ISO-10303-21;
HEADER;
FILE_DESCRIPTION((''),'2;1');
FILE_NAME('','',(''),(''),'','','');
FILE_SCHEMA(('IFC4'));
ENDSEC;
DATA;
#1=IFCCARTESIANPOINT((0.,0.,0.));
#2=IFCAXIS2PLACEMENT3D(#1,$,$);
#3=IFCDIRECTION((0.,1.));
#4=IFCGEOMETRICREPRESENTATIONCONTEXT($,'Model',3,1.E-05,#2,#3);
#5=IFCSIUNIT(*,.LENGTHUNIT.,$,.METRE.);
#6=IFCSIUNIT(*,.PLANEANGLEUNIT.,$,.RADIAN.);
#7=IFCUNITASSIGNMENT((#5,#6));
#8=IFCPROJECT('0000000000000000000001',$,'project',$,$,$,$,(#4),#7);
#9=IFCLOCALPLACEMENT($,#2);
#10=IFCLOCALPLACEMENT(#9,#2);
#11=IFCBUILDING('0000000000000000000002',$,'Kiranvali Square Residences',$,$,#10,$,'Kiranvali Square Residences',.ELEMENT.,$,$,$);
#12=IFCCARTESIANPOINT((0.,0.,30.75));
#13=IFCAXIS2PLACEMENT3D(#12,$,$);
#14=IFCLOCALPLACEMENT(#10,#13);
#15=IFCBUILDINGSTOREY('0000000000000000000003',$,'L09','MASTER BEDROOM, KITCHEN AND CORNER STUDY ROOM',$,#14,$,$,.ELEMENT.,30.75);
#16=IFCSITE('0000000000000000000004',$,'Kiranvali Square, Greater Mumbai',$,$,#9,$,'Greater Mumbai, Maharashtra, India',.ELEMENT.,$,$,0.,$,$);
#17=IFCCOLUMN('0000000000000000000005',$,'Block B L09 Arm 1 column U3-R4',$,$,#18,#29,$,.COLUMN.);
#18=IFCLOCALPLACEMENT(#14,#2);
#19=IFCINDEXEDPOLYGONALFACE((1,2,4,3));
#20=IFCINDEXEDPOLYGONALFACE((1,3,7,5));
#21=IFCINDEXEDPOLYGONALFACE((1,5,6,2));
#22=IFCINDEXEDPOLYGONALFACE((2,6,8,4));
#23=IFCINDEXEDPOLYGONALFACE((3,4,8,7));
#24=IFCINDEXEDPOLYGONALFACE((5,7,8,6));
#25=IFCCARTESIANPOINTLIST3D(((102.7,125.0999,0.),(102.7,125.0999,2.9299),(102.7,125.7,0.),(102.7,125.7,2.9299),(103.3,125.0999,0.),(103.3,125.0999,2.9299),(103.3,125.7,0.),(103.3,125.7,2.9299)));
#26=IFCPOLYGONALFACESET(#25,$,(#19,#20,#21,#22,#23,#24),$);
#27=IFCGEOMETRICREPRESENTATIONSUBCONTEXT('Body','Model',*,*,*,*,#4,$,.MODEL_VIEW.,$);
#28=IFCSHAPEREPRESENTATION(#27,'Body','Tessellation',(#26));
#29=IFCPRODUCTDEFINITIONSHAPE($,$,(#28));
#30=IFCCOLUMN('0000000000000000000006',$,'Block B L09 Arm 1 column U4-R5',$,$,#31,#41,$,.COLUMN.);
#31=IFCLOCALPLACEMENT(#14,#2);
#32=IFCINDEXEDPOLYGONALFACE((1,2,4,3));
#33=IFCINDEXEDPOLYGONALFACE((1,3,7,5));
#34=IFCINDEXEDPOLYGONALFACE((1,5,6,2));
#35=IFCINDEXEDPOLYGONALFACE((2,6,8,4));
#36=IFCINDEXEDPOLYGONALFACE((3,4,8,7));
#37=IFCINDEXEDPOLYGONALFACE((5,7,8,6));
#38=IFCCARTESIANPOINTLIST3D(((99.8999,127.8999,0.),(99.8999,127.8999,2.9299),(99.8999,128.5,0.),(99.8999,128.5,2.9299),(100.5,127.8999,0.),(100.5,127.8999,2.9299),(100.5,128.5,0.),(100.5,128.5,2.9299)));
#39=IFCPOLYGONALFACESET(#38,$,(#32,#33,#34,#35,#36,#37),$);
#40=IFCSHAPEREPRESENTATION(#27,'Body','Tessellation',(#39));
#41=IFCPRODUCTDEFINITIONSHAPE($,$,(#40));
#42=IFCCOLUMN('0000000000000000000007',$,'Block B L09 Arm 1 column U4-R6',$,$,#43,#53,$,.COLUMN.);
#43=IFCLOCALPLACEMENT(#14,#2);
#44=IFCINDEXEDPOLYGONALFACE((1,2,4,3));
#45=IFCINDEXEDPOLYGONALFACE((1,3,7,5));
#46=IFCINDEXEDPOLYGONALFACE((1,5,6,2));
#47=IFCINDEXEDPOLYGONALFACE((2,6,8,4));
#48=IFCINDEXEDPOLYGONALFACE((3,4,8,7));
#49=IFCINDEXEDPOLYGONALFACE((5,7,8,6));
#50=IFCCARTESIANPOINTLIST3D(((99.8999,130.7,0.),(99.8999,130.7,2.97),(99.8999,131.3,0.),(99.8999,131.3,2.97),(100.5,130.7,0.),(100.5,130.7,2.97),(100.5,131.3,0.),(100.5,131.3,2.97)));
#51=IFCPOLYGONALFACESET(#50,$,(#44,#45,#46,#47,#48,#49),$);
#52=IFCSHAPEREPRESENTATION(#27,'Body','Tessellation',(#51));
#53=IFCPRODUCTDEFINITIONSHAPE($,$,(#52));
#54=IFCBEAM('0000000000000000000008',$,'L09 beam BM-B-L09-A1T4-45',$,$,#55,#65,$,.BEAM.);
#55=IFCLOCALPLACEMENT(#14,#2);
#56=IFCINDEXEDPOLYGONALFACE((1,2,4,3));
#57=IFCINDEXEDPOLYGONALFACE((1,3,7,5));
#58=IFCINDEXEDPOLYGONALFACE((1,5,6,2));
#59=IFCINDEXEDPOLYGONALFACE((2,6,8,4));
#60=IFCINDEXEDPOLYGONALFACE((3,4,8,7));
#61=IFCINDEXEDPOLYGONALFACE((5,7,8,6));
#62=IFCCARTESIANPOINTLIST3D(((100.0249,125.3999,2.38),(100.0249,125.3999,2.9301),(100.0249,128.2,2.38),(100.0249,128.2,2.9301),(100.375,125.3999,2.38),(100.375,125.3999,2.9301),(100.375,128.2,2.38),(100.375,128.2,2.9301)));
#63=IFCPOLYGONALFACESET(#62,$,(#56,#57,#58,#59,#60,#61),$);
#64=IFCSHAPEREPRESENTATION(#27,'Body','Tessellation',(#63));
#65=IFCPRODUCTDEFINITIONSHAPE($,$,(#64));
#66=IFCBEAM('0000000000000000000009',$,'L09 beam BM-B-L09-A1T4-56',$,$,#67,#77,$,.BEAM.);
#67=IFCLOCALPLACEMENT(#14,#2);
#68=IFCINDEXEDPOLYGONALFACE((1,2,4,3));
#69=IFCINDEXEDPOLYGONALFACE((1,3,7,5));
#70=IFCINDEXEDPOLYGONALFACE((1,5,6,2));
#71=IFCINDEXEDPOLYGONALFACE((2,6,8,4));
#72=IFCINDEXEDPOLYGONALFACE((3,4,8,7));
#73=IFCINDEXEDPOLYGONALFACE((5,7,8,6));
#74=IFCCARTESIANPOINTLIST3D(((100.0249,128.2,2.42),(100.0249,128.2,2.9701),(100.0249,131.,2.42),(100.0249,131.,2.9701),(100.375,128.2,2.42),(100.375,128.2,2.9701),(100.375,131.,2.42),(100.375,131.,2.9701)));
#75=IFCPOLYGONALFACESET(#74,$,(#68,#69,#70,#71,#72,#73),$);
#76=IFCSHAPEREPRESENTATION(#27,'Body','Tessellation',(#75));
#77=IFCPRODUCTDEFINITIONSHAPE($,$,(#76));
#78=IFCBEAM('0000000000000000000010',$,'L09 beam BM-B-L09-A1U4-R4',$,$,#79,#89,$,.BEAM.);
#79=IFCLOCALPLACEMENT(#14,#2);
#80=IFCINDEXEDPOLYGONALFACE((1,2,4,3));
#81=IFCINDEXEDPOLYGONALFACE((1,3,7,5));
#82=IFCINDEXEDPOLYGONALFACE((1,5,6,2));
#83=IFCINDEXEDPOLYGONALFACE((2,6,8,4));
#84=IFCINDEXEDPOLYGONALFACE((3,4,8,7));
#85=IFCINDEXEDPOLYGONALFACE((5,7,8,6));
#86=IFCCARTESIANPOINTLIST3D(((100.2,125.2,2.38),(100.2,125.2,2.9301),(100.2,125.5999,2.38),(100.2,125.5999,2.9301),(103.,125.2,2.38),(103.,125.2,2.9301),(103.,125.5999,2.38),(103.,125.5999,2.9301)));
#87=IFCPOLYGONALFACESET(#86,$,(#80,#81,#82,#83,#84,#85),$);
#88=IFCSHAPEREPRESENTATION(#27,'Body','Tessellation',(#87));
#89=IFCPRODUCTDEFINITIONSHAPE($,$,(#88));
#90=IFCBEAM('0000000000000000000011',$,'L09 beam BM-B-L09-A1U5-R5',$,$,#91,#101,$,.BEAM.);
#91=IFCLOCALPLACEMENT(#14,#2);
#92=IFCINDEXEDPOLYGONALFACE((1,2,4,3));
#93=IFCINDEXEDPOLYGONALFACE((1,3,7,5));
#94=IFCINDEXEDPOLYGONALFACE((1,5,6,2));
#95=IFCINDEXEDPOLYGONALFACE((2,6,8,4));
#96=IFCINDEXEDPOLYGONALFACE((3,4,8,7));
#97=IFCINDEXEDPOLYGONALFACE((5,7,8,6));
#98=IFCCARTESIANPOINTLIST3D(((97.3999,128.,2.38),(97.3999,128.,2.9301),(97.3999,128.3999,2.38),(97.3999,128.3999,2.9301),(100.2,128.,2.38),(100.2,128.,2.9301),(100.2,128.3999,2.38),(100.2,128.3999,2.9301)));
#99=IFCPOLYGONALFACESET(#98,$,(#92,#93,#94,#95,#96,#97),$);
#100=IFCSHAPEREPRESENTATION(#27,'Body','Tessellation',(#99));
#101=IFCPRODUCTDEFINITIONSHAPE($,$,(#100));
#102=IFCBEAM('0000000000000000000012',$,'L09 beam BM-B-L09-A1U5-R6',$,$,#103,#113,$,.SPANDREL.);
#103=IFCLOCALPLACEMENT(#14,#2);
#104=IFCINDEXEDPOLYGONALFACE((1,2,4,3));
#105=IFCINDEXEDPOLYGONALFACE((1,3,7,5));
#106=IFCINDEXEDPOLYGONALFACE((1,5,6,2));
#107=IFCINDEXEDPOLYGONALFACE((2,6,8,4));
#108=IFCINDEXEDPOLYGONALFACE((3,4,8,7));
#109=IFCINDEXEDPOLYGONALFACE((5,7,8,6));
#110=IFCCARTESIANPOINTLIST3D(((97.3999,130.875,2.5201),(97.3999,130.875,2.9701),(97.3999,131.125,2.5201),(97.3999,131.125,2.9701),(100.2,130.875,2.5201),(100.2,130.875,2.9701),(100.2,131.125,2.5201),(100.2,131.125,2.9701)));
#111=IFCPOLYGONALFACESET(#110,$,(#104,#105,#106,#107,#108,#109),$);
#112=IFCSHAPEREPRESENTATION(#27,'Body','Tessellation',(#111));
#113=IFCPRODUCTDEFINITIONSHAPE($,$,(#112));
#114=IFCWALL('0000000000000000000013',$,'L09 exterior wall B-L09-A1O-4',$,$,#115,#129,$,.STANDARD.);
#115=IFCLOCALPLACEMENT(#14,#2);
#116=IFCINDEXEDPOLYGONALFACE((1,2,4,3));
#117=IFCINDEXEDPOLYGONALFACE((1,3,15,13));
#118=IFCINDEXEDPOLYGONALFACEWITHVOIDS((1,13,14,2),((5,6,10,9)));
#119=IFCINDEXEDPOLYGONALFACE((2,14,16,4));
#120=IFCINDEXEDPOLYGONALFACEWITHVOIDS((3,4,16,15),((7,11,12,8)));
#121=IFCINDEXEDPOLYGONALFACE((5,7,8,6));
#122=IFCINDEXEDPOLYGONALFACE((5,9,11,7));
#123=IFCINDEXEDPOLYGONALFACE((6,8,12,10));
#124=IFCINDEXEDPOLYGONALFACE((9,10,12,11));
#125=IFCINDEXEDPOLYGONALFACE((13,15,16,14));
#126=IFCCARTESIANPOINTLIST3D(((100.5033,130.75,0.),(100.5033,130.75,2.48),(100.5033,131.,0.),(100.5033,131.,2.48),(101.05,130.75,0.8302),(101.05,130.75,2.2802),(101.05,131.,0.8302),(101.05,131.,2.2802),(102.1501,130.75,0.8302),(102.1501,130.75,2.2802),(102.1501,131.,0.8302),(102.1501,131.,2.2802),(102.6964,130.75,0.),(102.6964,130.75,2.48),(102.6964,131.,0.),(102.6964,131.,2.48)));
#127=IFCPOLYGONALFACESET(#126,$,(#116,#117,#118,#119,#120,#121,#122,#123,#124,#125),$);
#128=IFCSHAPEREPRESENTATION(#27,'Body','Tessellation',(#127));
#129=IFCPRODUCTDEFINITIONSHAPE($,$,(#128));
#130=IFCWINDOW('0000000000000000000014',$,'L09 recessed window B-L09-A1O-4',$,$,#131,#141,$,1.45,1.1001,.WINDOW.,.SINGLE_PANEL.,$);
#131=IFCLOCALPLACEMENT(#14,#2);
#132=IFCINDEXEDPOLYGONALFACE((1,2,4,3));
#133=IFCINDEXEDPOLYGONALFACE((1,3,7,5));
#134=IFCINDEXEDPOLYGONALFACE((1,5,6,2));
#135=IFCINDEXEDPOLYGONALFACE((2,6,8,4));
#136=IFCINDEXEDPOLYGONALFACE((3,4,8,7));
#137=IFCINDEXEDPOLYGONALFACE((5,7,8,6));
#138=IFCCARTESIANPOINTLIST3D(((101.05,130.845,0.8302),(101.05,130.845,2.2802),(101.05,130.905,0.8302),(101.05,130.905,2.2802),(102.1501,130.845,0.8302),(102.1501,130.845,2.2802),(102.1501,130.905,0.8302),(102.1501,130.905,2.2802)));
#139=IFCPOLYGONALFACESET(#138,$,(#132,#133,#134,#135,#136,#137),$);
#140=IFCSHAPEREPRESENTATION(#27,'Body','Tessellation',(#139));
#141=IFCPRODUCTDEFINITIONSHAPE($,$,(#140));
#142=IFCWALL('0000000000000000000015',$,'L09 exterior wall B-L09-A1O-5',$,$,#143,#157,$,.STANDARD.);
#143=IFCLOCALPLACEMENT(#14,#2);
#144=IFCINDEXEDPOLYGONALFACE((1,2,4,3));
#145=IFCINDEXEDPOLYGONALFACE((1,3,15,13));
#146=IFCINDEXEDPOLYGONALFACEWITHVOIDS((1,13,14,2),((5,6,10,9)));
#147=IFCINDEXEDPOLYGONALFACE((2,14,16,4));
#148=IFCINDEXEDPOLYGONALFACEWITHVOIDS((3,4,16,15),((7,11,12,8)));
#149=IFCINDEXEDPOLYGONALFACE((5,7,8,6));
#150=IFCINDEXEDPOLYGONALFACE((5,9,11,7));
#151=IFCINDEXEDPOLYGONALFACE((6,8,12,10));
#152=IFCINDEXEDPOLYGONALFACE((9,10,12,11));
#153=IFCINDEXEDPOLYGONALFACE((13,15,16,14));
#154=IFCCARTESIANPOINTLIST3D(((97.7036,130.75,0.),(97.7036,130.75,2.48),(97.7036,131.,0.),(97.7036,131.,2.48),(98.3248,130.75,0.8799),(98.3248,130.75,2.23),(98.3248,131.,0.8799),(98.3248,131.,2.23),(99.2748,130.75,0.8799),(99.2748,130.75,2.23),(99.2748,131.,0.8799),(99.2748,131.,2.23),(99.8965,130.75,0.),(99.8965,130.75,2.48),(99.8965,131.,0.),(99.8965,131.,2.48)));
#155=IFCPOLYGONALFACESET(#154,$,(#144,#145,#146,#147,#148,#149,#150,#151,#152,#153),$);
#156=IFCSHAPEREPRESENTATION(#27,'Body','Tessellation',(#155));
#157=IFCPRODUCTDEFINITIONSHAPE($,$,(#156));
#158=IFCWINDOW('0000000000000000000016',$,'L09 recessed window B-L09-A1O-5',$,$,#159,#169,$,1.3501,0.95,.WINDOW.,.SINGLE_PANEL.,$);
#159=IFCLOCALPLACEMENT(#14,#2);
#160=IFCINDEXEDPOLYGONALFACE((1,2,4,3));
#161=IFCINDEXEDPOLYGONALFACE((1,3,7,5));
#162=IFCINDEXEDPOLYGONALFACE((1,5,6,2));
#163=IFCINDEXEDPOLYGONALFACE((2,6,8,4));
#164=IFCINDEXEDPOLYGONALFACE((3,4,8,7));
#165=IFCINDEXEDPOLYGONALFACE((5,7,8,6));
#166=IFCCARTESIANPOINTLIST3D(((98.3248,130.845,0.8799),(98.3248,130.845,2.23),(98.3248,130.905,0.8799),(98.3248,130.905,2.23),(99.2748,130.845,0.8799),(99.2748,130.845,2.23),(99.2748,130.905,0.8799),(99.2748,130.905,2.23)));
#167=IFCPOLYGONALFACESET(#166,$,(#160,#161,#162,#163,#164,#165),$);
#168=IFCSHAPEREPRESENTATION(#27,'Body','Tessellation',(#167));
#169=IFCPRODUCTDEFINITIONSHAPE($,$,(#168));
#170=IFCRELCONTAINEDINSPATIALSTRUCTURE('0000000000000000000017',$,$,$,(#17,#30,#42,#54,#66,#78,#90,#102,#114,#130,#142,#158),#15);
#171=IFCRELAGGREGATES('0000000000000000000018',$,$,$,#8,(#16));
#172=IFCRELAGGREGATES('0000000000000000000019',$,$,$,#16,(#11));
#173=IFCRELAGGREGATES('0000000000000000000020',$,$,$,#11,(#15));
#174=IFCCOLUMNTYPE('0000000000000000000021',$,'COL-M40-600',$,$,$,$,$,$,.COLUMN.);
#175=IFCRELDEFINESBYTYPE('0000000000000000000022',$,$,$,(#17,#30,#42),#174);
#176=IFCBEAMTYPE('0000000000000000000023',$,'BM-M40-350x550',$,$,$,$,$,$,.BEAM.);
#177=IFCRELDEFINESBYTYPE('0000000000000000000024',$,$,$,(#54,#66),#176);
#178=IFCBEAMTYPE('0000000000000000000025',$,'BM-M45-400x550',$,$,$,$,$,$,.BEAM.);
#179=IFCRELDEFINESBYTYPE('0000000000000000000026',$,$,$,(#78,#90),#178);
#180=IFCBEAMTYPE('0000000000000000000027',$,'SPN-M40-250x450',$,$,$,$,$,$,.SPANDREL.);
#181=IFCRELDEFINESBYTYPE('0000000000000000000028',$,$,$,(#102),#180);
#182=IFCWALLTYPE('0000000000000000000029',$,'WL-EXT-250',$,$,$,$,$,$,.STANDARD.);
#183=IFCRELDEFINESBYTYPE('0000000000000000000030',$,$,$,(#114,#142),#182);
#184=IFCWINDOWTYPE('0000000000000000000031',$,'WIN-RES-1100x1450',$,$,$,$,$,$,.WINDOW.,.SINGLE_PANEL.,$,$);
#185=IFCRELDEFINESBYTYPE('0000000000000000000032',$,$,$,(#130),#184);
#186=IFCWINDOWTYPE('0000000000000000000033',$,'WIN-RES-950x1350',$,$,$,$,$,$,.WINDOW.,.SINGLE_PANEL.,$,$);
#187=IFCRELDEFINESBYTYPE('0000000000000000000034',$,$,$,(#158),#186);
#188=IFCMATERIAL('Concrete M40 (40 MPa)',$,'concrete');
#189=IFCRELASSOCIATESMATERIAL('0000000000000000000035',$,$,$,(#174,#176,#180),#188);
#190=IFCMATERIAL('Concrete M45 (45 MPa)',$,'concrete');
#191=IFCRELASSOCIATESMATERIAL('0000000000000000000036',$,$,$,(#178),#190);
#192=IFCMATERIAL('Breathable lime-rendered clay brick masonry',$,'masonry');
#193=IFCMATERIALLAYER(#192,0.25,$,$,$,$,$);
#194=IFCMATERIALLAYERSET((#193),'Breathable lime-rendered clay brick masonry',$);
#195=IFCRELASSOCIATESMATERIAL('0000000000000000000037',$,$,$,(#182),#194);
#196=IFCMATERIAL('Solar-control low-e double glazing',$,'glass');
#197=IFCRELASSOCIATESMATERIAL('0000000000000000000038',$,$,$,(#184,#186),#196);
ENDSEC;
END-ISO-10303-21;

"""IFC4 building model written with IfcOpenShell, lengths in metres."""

from ifc_helpers import new_model, si_unit, direction, frame, frame_2d, origin, origin_2d, place, context, subcontext, project, spatial, rectangle, extrude, material, layer, layer_set, material_profile, profile_set, type_object, element, fill, save


model = new_model("IFC4")

# Units and contexts
model_context = context("Model", 3, precision=1e-05, world=origin(), true_north=direction((0.0, 1.0)))
body_context = subcontext(model_context, "Body", "Model", "MODEL_VIEW")
ifc_project = project(units=[si_unit("LENGTHUNIT", "METRE"), si_unit("PLANEANGLEUNIT", "RADIAN")], contexts=[model_context])

# Site, building, storey
site_placement = place(None, origin())
site = spatial("IfcSite", under=ifc_project, at=site_placement, Name="Kiranvali Square, Greater Mumbai", LongName="Greater Mumbai, Maharashtra, India", CompositionType="ELEMENT", RefElevation=0.0)
building_placement = place(site_placement, origin())
building = spatial("IfcBuilding", under=site, at=building_placement, Name="Kiranvali Square Residences", LongName="Kiranvali Square Residences", CompositionType="ELEMENT")
storey_placement = place(building_placement, frame((0.0, 0.0, 30.75)))
storey = spatial("IfcBuildingStorey", under=building, at=storey_placement, Name="L09", Description="MASTER BEDROOM, KITCHEN AND CORNER STUDY ROOM", CompositionType="ELEMENT", Elevation=30.75)

# Columns
ifc_material_1 = material(Name="Concrete M40 (40 MPa)", Category="concrete")
ifc_material_profile_1 = material_profile(ifc_material_1, rectangle(XDim=0.6001, YDim=0.6001, at=origin_2d()), Name="RC 600x600")
ifc_profile_set_1 = profile_set([ifc_material_profile_1], Name="Concrete M40 (40 MPa)")
column_type = type_object("IfcColumnType", Name="COL-M40-600", PredefinedType="COLUMN", material=ifc_profile_set_1)
for number, where, z_axis, x_axis, name in (
    (1, (103.0, 125.3999, 0.0), (0.0, 0.0, 1.0), (1.0, 0.0, 0.0), "Block B L09 Arm 1 column U3-R4"),
    (2, (100.2, 128.2, 0.0), (0.0, 0.0, 1.0), (1.0, 0.0, 0.0), "Block B L09 Arm 1 column U4-R5"),
):
    element("IfcColumn", number, at=place(storey_placement, frame(where, z_axis=z_axis, x_axis=x_axis)), inside=storey, type_object=column_type, Name=name, PredefinedType="COLUMN", context=body_context, shape_type="SweptSolid", body=[
        extrude(rectangle(XDim=0.6001, YDim=0.6001, at=origin_2d()), origin(), (0.0, 0.0, 1.0), 2.9299),
    ])
column_placement = place(storey_placement, frame((100.2, 131.0, 0.0), z_axis=(0.0, 0.0, 1.0), x_axis=(1.0, 0.0, 0.0)))
element("IfcColumn", 3, at=column_placement, inside=storey, type_object=column_type, Name="Block B L09 Arm 1 column U4-R6", PredefinedType="COLUMN", context=body_context, shape_type="SweptSolid", body=[
    extrude(rectangle(XDim=0.6001, YDim=0.6001, at=origin_2d()), origin(), (0.0, 0.0, 1.0), 2.97),
])

# Beams
ifc_material_profile_2 = material_profile(ifc_material_1, rectangle(XDim=0.3501, YDim=0.55, at=origin_2d()), Name="RC 350x550")
ifc_profile_set_2 = profile_set([ifc_material_profile_2], Name="Concrete M40 (40 MPa)")
beam_type_1 = type_object("IfcBeamType", Name="BM-M40-350x550", PredefinedType="BEAM", material=ifc_profile_set_2)
for number, where, z_axis, x_axis, name in (
    (4, (100.2, 125.3999, 2.655), (0.0, 1.0, 0.0), (-1.0, 0.0, 0.0), "L09 beam BM-B-L09-A1T4-45"),
    (5, (100.2, 128.2, 2.6951), (0.0, 1.0, 0.0), (-1.0, 0.0, 0.0), "L09 beam BM-B-L09-A1T4-56"),
):
    element("IfcBeam", number, at=place(storey_placement, frame(where, z_axis=z_axis, x_axis=x_axis)), inside=storey, type_object=beam_type_1, Name=name, PredefinedType="BEAM", context=body_context, shape_type="SweptSolid", body=[
        extrude(rectangle(XDim=0.3501, YDim=0.55, at=origin_2d()), origin(), (0.0, 0.0, 1.0), 2.8),
    ])
ifc_material_2 = material(Name="Concrete M45 (45 MPa)", Category="concrete")
ifc_material_profile_3 = material_profile(ifc_material_2, rectangle(XDim=0.3999, YDim=0.55, at=origin_2d()), Name="RC 400x550")
ifc_profile_set_3 = profile_set([ifc_material_profile_3], Name="Concrete M45 (45 MPa)")
beam_type_2 = type_object("IfcBeamType", Name="BM-M45-400x550", PredefinedType="BEAM", material=ifc_profile_set_3)
for number, where, z_axis, x_axis, name in (
    (6, (103.0, 125.3999, 2.655), (-1.0, 0.0, 0.0), (0.0, -1.0, 0.0), "L09 beam BM-B-L09-A1U4-R4"),
    (7, (100.2, 128.2, 2.655), (-1.0, 0.0, 0.0), (0.0, -1.0, 0.0), "L09 beam BM-B-L09-A1U5-R5"),
):
    element("IfcBeam", number, at=place(storey_placement, frame(where, z_axis=z_axis, x_axis=x_axis)), inside=storey, type_object=beam_type_2, Name=name, PredefinedType="BEAM", context=body_context, shape_type="SweptSolid", body=[
        extrude(rectangle(XDim=0.3999, YDim=0.55, at=origin_2d()), origin(), (0.0, 0.0, 1.0), 2.8),
    ])
ifc_material_profile_4 = material_profile(ifc_material_1, rectangle(XDim=0.25, YDim=0.45, at=origin_2d()), Name="RC 250x450")
ifc_profile_set_4 = profile_set([ifc_material_profile_4], Name="Concrete M40 (40 MPa)")
beam_type_3 = type_object("IfcBeamType", Name="SPN-M40-250x450", PredefinedType="SPANDREL", material=ifc_profile_set_4)
beam_placement = place(storey_placement, frame((100.2, 131.0, 2.7451), z_axis=(-1.0, 0.0, 0.0), x_axis=(0.0, -1.0, 0.0)))
element("IfcBeam", 8, at=beam_placement, inside=storey, type_object=beam_type_3, Name="L09 beam BM-B-L09-A1U5-R6", PredefinedType="SPANDREL", context=body_context, shape_type="SweptSolid", body=[
    extrude(rectangle(XDim=0.25, YDim=0.45, at=origin_2d()), origin(), (0.0, 0.0, 1.0), 2.8),
])

# Walls, openings, windows
ifc_material_3 = material(Name="Breathable lime-rendered clay brick masonry", Category="masonry")
ifc_layer_1 = layer(ifc_material_3, 0.25)
ifc_layer_set_1 = layer_set([ifc_layer_1], Name="Breathable lime-rendered clay brick masonry")
wall_type_1 = type_object("IfcWallType", Name="WL-EXT-250", PredefinedType="STANDARD", material=ifc_layer_set_1)
wall_1_placement = place(storey_placement, frame((102.6965, 130.875, 0.0), z_axis=(0.0, 0.0, 1.0), x_axis=(-1.0, 0.0, 0.0)))
wall_1 = element("IfcWall", 9, at=wall_1_placement, inside=storey, type_object=wall_type_1, Name="L09 exterior wall B-L09-A1O-4", PredefinedType="STANDARD", context=body_context, shape_type="SweptSolid", body=[
    extrude(rectangle(XDim=2.1931, YDim=0.25, at=frame_2d((1.0967, 0.0))), origin(), (0.0, 0.0, 1.0), 2.48),
])
opening_1_placement = place(wall_1_placement, frame((0.5464, 0.0, 0.8301)))
opening_1 = element("IfcOpeningElement", 10, at=opening_1_placement, cuts=wall_1, PredefinedType="OPENING", context=body_context, shape_type="SweptSolid", body=[
    extrude(rectangle(XDim=1.1001, YDim=1.45, at=frame_2d((0.55, 0.7251))), frame((0.0, 0.135, 0.0), z_axis=(0.0, -1.0, 0.0), x_axis=(1.0, 0.0, 0.0)), (0.0, 0.0, 1.0), 0.27),
])
ifc_material_4 = material(Name="Solar-control low-e double glazing", Category="glass")
window_type_1 = type_object("IfcWindowType", Name="WIN-RES-1100x1450", PartitioningType="SINGLE_PANEL", PredefinedType="WINDOW", material=ifc_material_4)
window_1_placement = place(opening_1_placement, origin())
window_1 = element("IfcWindow", 11, at=window_1_placement, inside=storey, type_object=window_type_1, Name="L09 recessed window B-L09-A1O-4", OverallHeight=1.45, OverallWidth=1.1001, PartitioningType="SINGLE_PANEL", PredefinedType="WINDOW", context=body_context, shape_type="SweptSolid", body=[
    extrude(rectangle(XDim=1.1001, YDim=1.45, at=frame_2d((0.55, 0.7251))), frame((0.0, 0.03, 0.0), z_axis=(0.0, -1.0, 0.0), x_axis=(1.0, 0.0, 0.0)), (0.0, 0.0, 1.0), 0.0601),
])
fill(opening_1, window_1)
wall_2_placement = place(storey_placement, frame((99.8965, 130.875, 0.0), z_axis=(0.0, 0.0, 1.0), x_axis=(-1.0, 0.0, 0.0)))
wall_2 = element("IfcWall", 12, at=wall_2_placement, inside=storey, type_object=wall_type_1, Name="L09 exterior wall B-L09-A1O-5", PredefinedType="STANDARD", context=body_context, shape_type="SweptSolid", body=[
    extrude(rectangle(XDim=2.1929, YDim=0.25, at=frame_2d((1.0964, 0.0))), origin(), (0.0, 0.0, 1.0), 2.48),
])
opening_2_placement = place(wall_2_placement, frame((0.6216, 0.0, 0.8799)))
opening_2 = element("IfcOpeningElement", 13, at=opening_2_placement, cuts=wall_2, PredefinedType="OPENING", context=body_context, shape_type="SweptSolid", body=[
    extrude(rectangle(XDim=0.95, YDim=1.3501, at=frame_2d((0.4751, 0.675))), frame((0.0, 0.135, 0.0), z_axis=(0.0, -1.0, 0.0), x_axis=(1.0, 0.0, 0.0)), (0.0, 0.0, 1.0), 0.27),
])
window_type_2 = type_object("IfcWindowType", Name="WIN-RES-950x1350", PartitioningType="SINGLE_PANEL", PredefinedType="WINDOW", material=ifc_material_4)
window_2_placement = place(opening_2_placement, origin())
window_2 = element("IfcWindow", 14, at=window_2_placement, inside=storey, type_object=window_type_2, Name="L09 recessed window B-L09-A1O-5", OverallHeight=1.3501, OverallWidth=0.95, PartitioningType="SINGLE_PANEL", PredefinedType="WINDOW", context=body_context, shape_type="SweptSolid", body=[
    extrude(rectangle(XDim=0.95, YDim=1.3501, at=frame_2d((0.4751, 0.675))), frame((0.0, 0.03, 0.0), z_axis=(0.0, -1.0, 0.0), x_axis=(1.0, 0.0, 0.0)), (0.0, 0.0, 1.0), 0.0601),
])
fill(opening_2, window_2)

save(model, "model.ifc")
